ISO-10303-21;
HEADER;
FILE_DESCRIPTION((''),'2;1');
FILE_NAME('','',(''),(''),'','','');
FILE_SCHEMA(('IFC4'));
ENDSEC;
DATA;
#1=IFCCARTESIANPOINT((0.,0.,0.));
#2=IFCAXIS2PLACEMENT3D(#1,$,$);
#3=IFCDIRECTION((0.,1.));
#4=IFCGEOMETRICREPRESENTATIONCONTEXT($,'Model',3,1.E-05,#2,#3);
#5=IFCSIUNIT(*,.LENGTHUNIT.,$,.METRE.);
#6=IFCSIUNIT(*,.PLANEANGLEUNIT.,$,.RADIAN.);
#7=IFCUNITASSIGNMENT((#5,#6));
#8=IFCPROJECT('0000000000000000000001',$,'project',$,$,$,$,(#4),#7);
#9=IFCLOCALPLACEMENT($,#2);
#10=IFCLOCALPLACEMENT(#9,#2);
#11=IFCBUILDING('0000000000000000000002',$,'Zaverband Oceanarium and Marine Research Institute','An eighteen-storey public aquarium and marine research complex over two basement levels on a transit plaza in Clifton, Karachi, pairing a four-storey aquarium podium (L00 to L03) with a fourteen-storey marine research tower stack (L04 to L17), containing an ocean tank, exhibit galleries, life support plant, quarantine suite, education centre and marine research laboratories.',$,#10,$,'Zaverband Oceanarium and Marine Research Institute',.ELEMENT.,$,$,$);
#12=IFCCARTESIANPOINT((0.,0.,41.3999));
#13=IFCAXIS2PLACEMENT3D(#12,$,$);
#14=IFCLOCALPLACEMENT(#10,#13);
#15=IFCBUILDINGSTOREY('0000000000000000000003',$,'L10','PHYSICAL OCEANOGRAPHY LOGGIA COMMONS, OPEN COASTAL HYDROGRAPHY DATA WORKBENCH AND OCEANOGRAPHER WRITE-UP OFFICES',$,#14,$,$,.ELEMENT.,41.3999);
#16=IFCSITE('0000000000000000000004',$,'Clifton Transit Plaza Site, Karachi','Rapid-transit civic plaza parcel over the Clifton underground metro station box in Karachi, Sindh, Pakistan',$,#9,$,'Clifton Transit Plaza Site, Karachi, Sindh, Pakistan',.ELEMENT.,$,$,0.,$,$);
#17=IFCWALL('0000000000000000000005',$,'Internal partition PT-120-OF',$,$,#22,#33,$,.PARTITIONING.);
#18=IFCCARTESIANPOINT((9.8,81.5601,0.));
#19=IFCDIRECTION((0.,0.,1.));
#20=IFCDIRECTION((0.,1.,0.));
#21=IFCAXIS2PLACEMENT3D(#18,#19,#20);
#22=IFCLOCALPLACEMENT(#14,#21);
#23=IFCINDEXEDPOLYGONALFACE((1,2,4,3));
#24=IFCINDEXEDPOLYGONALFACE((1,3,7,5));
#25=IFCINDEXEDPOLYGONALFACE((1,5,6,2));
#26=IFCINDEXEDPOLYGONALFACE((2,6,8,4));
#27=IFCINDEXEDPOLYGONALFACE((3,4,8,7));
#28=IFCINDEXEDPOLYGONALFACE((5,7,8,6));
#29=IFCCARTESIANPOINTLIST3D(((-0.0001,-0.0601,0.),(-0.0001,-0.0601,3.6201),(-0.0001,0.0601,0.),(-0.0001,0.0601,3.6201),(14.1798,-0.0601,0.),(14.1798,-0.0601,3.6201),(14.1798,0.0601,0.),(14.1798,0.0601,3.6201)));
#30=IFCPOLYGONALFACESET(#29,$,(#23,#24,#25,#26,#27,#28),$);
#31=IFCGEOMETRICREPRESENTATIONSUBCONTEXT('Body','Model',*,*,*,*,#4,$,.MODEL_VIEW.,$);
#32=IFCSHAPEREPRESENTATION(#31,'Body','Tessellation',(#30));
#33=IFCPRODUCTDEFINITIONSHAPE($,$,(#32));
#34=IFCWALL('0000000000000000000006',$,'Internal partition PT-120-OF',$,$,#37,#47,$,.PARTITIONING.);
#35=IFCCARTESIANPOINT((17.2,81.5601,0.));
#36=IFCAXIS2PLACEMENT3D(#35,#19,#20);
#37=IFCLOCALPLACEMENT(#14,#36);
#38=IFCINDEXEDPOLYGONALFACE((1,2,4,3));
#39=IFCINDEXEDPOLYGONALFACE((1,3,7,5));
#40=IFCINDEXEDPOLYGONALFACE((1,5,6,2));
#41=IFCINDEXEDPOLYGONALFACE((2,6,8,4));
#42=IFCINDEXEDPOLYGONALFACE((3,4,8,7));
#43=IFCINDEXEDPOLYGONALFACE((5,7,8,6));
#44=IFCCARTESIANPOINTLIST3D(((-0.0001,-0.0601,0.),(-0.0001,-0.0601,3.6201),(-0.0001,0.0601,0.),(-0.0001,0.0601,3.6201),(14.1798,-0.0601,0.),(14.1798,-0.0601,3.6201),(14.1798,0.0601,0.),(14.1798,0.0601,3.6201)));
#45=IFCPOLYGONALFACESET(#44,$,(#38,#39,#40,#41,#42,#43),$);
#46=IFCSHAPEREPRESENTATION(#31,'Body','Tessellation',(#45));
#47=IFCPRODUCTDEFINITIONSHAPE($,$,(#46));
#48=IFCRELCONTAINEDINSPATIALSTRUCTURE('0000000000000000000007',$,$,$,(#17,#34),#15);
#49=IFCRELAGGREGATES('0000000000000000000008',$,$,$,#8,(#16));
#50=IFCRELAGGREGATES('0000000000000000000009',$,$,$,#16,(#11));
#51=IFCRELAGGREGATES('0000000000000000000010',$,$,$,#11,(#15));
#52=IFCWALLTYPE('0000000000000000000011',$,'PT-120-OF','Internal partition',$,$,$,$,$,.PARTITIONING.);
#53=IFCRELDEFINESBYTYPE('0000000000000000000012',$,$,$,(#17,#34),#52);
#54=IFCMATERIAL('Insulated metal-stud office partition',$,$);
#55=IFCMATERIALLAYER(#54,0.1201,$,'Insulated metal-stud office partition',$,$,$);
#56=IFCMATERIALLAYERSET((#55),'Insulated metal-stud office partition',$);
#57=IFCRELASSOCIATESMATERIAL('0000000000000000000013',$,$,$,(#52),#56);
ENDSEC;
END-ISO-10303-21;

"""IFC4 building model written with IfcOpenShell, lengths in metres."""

from ifc_helpers import new_model, si_unit, direction, frame, frame_2d, origin, place, context, subcontext, project, spatial, rectangle, extrude, material, layer, layer_set, type_object, element, save


model = new_model("IFC4")

# Units and contexts
model_context = context("Model", 3, precision=1e-05, world=origin(), true_north=direction((0.0, 1.0)))
body_context = subcontext(model_context, "Body", "Model", "MODEL_VIEW")
ifc_project = project(units=[si_unit("LENGTHUNIT", "METRE"), si_unit("PLANEANGLEUNIT", "RADIAN")], contexts=[model_context])

# Site, building, storey
site_placement = place(None, origin())
site = spatial("IfcSite", under=ifc_project, at=site_placement, Name="Clifton Transit Plaza Site, Karachi", Description="Rapid-transit civic plaza parcel over the Clifton underground metro station box in Karachi, Sindh, Pakistan", LongName="Clifton Transit Plaza Site, Karachi, Sindh, Pakistan", CompositionType="ELEMENT", RefElevation=0.0)
building_placement = place(site_placement, origin())
building = spatial("IfcBuilding", under=site, at=building_placement, Name="Zaverband Oceanarium and Marine Research Institute", Description="An eighteen-storey public aquarium and marine research complex over two basement levels on a transit plaza in Clifton, Karachi, pairing a four-storey aquarium podium (L00 to L03) with a fourteen-storey marine research tower stack (L04 to L17), containing an ocean tank, exhibit galleries, life support plant, quarantine suite, education centre and marine research laboratories.", LongName="Zaverband Oceanarium and Marine Research Institute", CompositionType="ELEMENT")
storey_placement = place(building_placement, frame((0.0, 0.0, 41.3999)))
storey = spatial("IfcBuildingStorey", under=building, at=storey_placement, Name="L10", Description="PHYSICAL OCEANOGRAPHY LOGGIA COMMONS, OPEN COASTAL HYDROGRAPHY DATA WORKBENCH AND OCEANOGRAPHER WRITE-UP OFFICES", CompositionType="ELEMENT", Elevation=41.3999)

# Walls
ifc_material_1 = material(Name="Insulated metal-stud office partition")
ifc_layer_1 = layer(ifc_material_1, 0.1201, Name="Insulated metal-stud office partition")
ifc_layer_set_1 = layer_set([ifc_layer_1], Name="Insulated metal-stud office partition")
wall_type_1 = type_object("IfcWallType", Name="PT-120-OF", Description="Internal partition", PredefinedType="PARTITIONING", material=ifc_layer_set_1)
for number, where, z_axis, x_axis, name in (
    (1, (9.8, 81.5601, 0.0), (0.0, 0.0, 1.0), (0.0, 1.0, 0.0), "Internal partition PT-120-OF"),
    (2, (17.2, 81.5601, 0.0), (0.0, 0.0, 1.0), (0.0, 1.0, 0.0), "Internal partition PT-120-OF"),
):
    element("IfcWall", number, at=place(storey_placement, frame(where, z_axis=z_axis, x_axis=x_axis)), inside=storey, type_object=wall_type_1, Name=name, PredefinedType="PARTITIONING", context=body_context, shape_type="SweptSolid", body=[
        extrude(rectangle(XDim=14.1799, YDim=0.1201, at=frame_2d((7.0898, 0.0))), origin(), (0.0, 0.0, 1.0), 3.6201),
    ])

save(model, "model.ifc")
